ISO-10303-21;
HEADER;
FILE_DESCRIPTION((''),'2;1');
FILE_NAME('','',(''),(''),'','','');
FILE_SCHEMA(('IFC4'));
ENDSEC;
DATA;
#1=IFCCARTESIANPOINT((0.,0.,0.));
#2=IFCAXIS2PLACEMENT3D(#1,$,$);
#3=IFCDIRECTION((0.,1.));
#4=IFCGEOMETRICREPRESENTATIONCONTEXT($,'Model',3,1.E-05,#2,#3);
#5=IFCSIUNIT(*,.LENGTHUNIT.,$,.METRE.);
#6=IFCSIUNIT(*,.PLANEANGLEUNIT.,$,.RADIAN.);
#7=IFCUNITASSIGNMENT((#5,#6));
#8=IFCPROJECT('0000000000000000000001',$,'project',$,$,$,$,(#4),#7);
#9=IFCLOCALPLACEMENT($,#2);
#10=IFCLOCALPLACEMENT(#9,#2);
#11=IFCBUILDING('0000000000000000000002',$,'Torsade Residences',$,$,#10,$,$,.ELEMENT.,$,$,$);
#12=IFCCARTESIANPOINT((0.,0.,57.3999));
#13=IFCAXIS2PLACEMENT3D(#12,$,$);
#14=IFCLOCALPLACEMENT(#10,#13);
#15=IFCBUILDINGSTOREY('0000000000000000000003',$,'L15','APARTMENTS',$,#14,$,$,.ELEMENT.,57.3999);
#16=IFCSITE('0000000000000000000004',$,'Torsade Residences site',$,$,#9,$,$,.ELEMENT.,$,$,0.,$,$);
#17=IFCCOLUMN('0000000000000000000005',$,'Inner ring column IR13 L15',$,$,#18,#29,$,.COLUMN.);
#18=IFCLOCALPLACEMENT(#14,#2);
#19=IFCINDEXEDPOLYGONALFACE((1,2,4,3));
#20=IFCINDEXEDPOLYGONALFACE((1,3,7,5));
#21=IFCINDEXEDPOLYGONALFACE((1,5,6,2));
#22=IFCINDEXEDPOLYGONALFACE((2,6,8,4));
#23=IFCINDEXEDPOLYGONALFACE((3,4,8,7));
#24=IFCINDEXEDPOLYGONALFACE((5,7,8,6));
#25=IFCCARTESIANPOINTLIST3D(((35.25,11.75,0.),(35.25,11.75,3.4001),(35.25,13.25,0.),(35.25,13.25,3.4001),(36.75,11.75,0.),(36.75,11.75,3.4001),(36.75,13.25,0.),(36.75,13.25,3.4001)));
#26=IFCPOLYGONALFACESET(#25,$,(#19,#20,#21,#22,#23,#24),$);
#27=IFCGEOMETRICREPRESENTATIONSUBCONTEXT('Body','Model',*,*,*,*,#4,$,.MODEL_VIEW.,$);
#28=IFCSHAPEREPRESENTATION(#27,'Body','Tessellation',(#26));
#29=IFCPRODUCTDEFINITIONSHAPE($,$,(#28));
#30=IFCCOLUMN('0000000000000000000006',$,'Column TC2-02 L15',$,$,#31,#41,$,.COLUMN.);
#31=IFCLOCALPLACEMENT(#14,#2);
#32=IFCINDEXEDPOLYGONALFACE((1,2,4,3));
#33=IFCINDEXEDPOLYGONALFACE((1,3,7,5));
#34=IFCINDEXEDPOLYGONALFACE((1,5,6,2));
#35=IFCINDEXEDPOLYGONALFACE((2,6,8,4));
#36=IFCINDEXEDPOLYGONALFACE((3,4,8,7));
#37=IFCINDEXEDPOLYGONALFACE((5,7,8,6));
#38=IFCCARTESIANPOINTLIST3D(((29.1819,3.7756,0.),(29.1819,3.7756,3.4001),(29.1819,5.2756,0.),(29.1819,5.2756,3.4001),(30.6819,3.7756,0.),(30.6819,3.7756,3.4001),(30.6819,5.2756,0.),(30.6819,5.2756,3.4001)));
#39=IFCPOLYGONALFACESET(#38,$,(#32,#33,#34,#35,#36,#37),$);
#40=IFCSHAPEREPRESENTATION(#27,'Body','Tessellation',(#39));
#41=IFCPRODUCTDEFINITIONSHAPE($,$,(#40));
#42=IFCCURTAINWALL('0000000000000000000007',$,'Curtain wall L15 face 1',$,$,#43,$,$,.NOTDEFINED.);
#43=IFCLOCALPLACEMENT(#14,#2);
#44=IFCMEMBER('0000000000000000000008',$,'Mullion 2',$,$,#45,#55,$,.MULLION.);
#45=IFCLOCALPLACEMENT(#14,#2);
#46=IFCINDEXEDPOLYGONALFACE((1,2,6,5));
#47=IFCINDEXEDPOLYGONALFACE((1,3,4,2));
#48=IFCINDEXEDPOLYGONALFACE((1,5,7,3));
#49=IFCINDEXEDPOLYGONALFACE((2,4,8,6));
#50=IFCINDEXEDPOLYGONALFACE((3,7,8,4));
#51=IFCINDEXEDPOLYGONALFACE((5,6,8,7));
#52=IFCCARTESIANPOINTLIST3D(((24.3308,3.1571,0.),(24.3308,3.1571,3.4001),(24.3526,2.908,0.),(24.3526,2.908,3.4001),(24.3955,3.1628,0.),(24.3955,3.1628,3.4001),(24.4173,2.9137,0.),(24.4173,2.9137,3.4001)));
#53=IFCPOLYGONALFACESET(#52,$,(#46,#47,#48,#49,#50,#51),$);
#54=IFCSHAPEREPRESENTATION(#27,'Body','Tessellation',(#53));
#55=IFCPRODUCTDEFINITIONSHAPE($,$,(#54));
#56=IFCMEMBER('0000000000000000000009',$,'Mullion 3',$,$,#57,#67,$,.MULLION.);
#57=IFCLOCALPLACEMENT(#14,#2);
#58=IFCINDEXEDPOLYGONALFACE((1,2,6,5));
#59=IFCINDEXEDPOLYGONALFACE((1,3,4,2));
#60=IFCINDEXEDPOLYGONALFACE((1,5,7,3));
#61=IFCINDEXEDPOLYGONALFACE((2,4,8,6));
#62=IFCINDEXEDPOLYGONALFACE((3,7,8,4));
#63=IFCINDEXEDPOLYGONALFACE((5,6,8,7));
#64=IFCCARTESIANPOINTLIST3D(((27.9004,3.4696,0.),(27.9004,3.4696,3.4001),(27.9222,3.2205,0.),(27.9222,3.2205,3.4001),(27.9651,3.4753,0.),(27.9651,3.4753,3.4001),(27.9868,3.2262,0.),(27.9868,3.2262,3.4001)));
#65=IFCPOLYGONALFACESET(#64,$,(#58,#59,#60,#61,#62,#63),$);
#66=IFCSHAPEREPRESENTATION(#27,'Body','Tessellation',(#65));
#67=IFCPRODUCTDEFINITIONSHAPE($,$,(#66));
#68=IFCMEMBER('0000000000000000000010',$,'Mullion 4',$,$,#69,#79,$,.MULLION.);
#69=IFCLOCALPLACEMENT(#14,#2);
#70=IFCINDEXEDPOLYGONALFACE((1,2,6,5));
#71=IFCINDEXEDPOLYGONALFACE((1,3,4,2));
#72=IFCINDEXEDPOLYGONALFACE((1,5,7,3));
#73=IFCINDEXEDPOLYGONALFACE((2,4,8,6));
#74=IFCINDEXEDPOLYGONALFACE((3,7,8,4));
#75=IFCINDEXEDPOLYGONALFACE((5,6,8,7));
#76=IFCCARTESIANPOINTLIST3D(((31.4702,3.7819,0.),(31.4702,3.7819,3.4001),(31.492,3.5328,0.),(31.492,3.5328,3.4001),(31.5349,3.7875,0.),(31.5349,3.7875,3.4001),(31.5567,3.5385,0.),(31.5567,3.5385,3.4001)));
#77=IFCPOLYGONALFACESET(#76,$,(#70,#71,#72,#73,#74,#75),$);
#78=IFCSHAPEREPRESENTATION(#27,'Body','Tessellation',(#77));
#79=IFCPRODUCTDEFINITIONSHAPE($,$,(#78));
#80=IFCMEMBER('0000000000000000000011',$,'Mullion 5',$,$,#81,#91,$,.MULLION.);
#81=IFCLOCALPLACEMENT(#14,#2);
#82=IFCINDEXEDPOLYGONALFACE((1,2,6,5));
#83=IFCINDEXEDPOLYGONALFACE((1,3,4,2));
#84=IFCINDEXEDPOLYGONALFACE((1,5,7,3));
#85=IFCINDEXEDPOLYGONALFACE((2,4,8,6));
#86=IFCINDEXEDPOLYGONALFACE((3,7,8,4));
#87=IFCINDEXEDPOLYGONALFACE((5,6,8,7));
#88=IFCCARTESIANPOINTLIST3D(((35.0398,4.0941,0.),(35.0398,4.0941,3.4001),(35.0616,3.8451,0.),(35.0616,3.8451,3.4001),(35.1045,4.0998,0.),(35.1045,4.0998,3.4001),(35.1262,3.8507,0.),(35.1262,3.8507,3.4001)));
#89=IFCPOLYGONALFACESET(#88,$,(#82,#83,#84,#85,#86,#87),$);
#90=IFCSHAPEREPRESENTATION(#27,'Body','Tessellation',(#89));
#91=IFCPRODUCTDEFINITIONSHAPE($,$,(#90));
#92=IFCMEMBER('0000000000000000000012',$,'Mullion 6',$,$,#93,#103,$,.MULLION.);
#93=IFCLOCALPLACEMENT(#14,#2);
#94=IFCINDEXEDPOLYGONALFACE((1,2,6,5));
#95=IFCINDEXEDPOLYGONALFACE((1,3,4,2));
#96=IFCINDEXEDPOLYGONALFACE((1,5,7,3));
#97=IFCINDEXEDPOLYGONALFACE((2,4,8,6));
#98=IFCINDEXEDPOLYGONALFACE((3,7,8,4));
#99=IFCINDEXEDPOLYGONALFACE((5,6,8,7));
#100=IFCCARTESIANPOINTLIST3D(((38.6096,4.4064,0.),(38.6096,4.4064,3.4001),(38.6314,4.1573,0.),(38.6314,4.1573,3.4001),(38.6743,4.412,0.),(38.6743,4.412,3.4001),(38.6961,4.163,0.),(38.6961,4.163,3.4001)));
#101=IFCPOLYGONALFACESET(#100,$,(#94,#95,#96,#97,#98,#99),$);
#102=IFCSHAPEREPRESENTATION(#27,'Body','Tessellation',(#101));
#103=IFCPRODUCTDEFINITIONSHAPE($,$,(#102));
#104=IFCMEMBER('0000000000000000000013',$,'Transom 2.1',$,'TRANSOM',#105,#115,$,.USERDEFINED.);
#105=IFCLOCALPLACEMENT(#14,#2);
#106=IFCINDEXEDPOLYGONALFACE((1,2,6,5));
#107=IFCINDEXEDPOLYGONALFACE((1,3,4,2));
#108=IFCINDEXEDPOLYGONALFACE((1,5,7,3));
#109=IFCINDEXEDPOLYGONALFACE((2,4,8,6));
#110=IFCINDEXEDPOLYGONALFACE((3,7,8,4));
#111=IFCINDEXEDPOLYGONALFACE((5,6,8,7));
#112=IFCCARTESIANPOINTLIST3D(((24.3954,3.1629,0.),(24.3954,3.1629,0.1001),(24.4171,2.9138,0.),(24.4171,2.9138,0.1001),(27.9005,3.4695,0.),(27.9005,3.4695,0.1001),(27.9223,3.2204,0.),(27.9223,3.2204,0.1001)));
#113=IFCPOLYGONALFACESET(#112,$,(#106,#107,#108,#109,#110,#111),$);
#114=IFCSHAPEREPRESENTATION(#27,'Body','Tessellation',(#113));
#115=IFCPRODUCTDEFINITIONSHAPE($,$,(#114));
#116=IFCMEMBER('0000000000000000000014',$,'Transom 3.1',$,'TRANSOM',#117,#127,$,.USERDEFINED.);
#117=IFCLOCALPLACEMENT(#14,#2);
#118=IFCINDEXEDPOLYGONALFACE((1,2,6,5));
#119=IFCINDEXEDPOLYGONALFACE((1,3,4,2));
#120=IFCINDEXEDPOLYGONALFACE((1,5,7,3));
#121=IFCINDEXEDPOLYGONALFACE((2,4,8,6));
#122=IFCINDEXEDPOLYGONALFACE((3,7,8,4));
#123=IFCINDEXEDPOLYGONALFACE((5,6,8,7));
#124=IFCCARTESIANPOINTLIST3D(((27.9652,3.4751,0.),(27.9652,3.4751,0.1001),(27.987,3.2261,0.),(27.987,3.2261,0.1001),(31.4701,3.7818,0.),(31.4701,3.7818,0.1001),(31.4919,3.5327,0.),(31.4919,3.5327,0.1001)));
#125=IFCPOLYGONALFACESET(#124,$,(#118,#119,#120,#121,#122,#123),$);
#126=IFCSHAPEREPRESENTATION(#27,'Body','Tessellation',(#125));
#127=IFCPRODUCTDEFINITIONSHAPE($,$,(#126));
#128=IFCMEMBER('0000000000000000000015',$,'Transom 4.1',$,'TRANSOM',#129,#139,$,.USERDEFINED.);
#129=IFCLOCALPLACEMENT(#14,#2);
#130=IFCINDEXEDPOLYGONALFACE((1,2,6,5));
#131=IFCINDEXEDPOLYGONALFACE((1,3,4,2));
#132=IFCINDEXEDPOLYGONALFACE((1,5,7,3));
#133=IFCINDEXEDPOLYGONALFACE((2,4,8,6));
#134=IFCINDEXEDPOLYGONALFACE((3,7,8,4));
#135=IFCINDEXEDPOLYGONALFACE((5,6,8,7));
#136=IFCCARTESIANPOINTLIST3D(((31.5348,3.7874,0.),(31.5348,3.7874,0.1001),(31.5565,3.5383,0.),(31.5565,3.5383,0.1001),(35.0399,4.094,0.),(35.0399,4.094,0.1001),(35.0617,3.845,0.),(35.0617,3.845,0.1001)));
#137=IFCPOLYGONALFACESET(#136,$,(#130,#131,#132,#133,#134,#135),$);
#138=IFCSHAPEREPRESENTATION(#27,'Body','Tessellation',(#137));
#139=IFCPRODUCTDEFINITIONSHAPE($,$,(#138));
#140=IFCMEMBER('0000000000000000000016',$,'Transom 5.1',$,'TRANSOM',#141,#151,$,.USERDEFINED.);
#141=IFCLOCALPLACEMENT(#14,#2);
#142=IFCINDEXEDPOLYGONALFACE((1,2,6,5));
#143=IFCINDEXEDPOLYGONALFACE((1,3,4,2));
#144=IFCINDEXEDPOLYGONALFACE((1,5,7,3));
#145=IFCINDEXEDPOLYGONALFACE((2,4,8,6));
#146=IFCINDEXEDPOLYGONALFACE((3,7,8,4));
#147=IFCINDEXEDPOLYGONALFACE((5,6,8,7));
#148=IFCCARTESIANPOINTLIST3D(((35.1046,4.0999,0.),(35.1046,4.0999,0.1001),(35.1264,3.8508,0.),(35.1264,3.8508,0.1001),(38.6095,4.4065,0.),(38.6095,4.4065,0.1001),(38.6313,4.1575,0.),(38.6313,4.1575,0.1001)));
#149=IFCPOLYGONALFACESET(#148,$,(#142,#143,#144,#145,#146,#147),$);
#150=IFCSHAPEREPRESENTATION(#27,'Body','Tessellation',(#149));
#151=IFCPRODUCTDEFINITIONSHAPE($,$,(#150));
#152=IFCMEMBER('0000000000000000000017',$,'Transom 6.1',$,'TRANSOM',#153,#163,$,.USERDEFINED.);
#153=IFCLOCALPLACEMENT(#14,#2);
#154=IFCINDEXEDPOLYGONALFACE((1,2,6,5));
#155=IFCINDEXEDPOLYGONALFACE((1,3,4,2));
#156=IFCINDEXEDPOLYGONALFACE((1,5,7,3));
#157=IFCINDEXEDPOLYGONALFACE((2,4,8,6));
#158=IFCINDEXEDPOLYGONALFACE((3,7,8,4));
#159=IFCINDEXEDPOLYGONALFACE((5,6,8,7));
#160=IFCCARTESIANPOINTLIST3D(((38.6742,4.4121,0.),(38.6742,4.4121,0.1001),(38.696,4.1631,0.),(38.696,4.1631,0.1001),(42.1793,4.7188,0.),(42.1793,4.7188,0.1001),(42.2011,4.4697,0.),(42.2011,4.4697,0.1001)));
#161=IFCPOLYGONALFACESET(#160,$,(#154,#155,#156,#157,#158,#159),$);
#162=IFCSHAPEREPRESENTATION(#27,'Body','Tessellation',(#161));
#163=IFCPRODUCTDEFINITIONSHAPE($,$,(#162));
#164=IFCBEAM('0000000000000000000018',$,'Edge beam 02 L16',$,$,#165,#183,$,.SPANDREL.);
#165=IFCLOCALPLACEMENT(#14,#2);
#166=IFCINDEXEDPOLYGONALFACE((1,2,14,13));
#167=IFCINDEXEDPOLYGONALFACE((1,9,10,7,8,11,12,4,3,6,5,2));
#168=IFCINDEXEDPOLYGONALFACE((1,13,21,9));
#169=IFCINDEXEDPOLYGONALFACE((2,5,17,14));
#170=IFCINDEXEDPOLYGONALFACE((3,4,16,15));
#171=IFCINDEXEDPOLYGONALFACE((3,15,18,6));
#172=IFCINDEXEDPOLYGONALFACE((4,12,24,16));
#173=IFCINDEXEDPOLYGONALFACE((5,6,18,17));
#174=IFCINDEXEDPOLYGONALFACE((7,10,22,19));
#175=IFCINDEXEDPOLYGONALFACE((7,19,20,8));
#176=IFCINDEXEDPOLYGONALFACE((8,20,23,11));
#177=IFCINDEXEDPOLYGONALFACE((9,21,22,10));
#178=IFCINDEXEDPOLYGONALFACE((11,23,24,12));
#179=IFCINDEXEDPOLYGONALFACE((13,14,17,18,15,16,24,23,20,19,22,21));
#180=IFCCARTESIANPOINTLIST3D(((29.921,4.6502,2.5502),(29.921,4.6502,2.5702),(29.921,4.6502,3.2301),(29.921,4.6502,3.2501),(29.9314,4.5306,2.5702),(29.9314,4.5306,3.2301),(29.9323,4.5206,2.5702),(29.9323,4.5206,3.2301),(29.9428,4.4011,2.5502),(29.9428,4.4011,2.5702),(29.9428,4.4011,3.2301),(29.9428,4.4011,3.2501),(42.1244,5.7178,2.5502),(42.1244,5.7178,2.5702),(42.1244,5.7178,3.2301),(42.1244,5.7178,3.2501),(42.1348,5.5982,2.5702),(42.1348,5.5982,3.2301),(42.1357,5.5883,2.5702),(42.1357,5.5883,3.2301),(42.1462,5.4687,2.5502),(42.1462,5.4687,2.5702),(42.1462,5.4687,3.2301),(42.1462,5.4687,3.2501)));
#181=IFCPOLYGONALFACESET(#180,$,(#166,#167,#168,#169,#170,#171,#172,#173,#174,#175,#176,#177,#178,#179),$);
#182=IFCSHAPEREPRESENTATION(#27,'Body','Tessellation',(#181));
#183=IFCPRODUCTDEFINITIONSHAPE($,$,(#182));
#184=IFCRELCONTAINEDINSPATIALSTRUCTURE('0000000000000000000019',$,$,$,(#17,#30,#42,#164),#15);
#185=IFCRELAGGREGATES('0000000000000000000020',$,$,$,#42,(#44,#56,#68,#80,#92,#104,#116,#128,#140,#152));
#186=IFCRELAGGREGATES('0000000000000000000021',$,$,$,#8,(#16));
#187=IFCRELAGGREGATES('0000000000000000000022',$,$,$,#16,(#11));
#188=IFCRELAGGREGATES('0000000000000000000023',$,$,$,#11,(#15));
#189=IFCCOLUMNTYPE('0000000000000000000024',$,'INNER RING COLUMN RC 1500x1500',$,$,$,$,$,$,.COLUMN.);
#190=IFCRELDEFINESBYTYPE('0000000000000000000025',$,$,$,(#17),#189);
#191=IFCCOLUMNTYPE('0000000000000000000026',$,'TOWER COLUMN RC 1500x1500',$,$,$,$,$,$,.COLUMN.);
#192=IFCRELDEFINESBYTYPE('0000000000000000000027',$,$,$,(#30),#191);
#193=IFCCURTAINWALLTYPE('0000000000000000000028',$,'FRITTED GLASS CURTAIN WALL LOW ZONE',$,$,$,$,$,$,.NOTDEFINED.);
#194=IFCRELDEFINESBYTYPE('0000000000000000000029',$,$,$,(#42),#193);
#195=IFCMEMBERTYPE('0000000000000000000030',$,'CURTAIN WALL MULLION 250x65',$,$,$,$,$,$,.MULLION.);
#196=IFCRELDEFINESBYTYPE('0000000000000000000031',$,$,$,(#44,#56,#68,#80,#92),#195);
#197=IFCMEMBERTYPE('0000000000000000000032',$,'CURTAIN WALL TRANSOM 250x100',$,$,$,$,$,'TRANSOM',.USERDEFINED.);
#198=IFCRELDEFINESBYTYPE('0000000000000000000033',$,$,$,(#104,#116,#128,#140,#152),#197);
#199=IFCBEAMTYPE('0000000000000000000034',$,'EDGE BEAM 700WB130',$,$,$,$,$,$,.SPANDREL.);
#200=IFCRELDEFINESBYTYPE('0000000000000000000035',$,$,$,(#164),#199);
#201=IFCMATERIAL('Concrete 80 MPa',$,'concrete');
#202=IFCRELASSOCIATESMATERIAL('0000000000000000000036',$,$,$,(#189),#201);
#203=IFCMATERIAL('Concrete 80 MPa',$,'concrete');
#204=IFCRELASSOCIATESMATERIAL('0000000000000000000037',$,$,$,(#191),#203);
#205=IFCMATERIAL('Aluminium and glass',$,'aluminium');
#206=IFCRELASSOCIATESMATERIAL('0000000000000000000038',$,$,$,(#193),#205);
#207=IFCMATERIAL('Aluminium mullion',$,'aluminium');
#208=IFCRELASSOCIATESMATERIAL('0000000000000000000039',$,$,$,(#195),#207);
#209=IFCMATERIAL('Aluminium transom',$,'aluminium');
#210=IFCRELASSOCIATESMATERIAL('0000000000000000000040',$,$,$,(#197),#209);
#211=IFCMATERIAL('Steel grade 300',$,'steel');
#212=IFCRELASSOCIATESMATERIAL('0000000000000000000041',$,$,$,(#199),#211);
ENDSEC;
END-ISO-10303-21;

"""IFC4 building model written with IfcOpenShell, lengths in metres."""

from ifc_helpers import new_model, si_unit, direction, frame, origin, origin_2d, place, context, subcontext, project, spatial, rectangle, i_section, extrude, material, material_profile, profile_set, type_object, element, aggregate, save


model = new_model("IFC4")

# Units and contexts
model_context = context("Model", 3, precision=1e-05, world=origin(), true_north=direction((0.0, 1.0)))
body_context = subcontext(model_context, "Body", "Model", "MODEL_VIEW")
ifc_project = project(units=[si_unit("LENGTHUNIT", "METRE"), si_unit("PLANEANGLEUNIT", "RADIAN")], contexts=[model_context])

# Site, building, storey
site_placement = place(None, origin())
site = spatial("IfcSite", under=ifc_project, at=site_placement, Name="Torsade Residences site", CompositionType="ELEMENT", RefElevation=0.0)
building_placement = place(site_placement, origin())
building = spatial("IfcBuilding", under=site, at=building_placement, Name="Torsade Residences", CompositionType="ELEMENT")
storey_placement = place(building_placement, frame((0.0, 0.0, 57.3999)))
storey = spatial("IfcBuildingStorey", under=building, at=storey_placement, Name="L15", Description="APARTMENTS", CompositionType="ELEMENT", Elevation=57.3999)

# Columns
ifc_material_1 = material(Name="Concrete 80 MPa", Category="concrete")
ifc_material_profile_1 = material_profile(ifc_material_1, rectangle(XDim=1.5, YDim=1.5, at=origin_2d()), Name="RC 1500x1500")
ifc_profile_set_1 = profile_set([ifc_material_profile_1], Name="Concrete 80 MPa")
column_type_1 = type_object("IfcColumnType", Name="INNER RING COLUMN RC 1500x1500", PredefinedType="COLUMN", material=ifc_profile_set_1)
column_1_placement = place(storey_placement, frame((36.0, 12.5, 0.0), z_axis=(0.0, 0.0, 1.0), x_axis=(1.0, 0.0, 0.0)))
element("IfcColumn", 1, at=column_1_placement, inside=storey, type_object=column_type_1, Name="Inner ring column IR13 L15", PredefinedType="COLUMN", context=body_context, shape_type="SweptSolid", body=[
    extrude(rectangle(XDim=1.5, YDim=1.5, at=origin_2d()), origin(), (0.0, 0.0, 1.0), 3.4001),
])
ifc_material_2 = material(Name="Concrete 80 MPa", Category="concrete")
ifc_material_profile_2 = material_profile(ifc_material_2, rectangle(XDim=1.5, YDim=1.5, at=origin_2d()), Name="RC 1500x1500")
ifc_profile_set_2 = profile_set([ifc_material_profile_2], Name="Concrete 80 MPa")
column_type_2 = type_object("IfcColumnType", Name="TOWER COLUMN RC 1500x1500", PredefinedType="COLUMN", material=ifc_profile_set_2)
column_2_placement = place(storey_placement, frame((29.9319, 4.5256, 0.0), z_axis=(0.0, 0.0, 1.0), x_axis=(1.0, 0.0, 0.0)))
element("IfcColumn", 2, at=column_2_placement, inside=storey, type_object=column_type_2, Name="Column TC2-02 L15", PredefinedType="COLUMN", context=body_context, shape_type="SweptSolid", body=[
    extrude(rectangle(XDim=1.5, YDim=1.5, at=origin_2d()), origin(), (0.0, 0.0, 1.0), 3.4001),
])

# Curtain wall, members
ifc_material_3 = material(Name="Aluminium and glass", Category="aluminium")
curtain_wall_type = type_object("IfcCurtainWallType", Name="FRITTED GLASS CURTAIN WALL LOW ZONE", PredefinedType="NOTDEFINED", material=ifc_material_3)
curtain_wall_placement = place(storey_placement, origin())
curtain_wall = element("IfcCurtainWall", 3, at=curtain_wall_placement, inside=storey, type_object=curtain_wall_type, Name="Curtain wall L15 face 1", PredefinedType="NOTDEFINED")
ifc_material_4 = material(Name="Aluminium mullion", Category="aluminium")
ifc_material_profile_3 = material_profile(ifc_material_4, rectangle(XDim=0.25, YDim=0.0649, at=origin_2d()), Name="CURTAIN WALL MULLION 250x65")
ifc_profile_set_3 = profile_set([ifc_material_profile_3], Name="Aluminium mullion")
member_type_1 = type_object("IfcMemberType", Name="CURTAIN WALL MULLION 250x65", PredefinedType="MULLION", material=ifc_profile_set_3)
member_1_placement = place(storey_placement, frame((24.374, 3.0354, 0.0), z_axis=(0.0, 0.0, 1.0), x_axis=(-0.087156, 0.996195, 0.0)))
member_1 = element("IfcMember", 4, at=member_1_placement, type_object=member_type_1, Name="Mullion 2", PredefinedType="MULLION", context=body_context, shape_type="SweptSolid", body=[
    extrude(rectangle(XDim=0.25, YDim=0.0649, at=origin_2d()), origin(), (0.0, 0.0, 1.0), 3.4001),
])
member_2_placement = place(storey_placement, frame((27.9436, 3.3479, 0.0), z_axis=(0.0, 0.0, 1.0), x_axis=(-0.087156, 0.996195, 0.0)))
member_2 = element("IfcMember", 5, at=member_2_placement, type_object=member_type_1, Name="Mullion 3", PredefinedType="MULLION", context=body_context, shape_type="SweptSolid", body=[
    extrude(rectangle(XDim=0.25, YDim=0.0649, at=origin_2d()), origin(), (0.0, 0.0, 1.0), 3.4001),
])
member_3_placement = place(storey_placement, frame((31.5134, 3.6602, 0.0), z_axis=(0.0, 0.0, 1.0), x_axis=(-0.087156, 0.996195, 0.0)))
member_3 = element("IfcMember", 6, at=member_3_placement, type_object=member_type_1, Name="Mullion 4", PredefinedType="MULLION", context=body_context, shape_type="SweptSolid", body=[
    extrude(rectangle(XDim=0.25, YDim=0.0649, at=origin_2d()), origin(), (0.0, 0.0, 1.0), 3.4001),
])
member_4_placement = place(storey_placement, frame((35.083, 3.9724, 0.0), z_axis=(0.0, 0.0, 1.0), x_axis=(-0.087156, 0.996195, 0.0)))
member_4 = element("IfcMember", 7, at=member_4_placement, type_object=member_type_1, Name="Mullion 5", PredefinedType="MULLION", context=body_context, shape_type="SweptSolid", body=[
    extrude(rectangle(XDim=0.25, YDim=0.0649, at=origin_2d()), origin(), (0.0, 0.0, 1.0), 3.4001),
])
member_5_placement = place(storey_placement, frame((38.6528, 4.2847, 0.0), z_axis=(0.0, 0.0, 1.0), x_axis=(-0.087156, 0.996195, 0.0)))
member_5 = element("IfcMember", 8, at=member_5_placement, type_object=member_type_1, Name="Mullion 6", PredefinedType="MULLION", context=body_context, shape_type="SweptSolid", body=[
    extrude(rectangle(XDim=0.25, YDim=0.0649, at=origin_2d()), origin(), (0.0, 0.0, 1.0), 3.4001),
])
ifc_material_5 = material(Name="Aluminium transom", Category="aluminium")
ifc_material_profile_4 = material_profile(ifc_material_5, rectangle(XDim=0.25, YDim=0.1001, at=origin_2d()), Name="CURTAIN WALL TRANSOM 250x100")
ifc_profile_set_4 = profile_set([ifc_material_profile_4], Name="Aluminium transom")
member_type_2 = type_object("IfcMemberType", Name="CURTAIN WALL TRANSOM 250x100", ElementType="TRANSOM", PredefinedType="USERDEFINED", material=ifc_profile_set_4)
member_6_placement = place(storey_placement, frame((24.4062, 3.0383, 0.05), z_axis=(0.996195, 0.087151, 0.0), x_axis=(-0.087151, 0.996195, 0.0)))
member_6 = element("IfcMember", 9, at=member_6_placement, type_object=member_type_2, Name="Transom 2.1", ObjectType="TRANSOM", PredefinedType="USERDEFINED", context=body_context, shape_type="SweptSolid", body=[
    extrude(rectangle(XDim=0.25, YDim=0.1001, at=origin_2d()), origin(), (0.0, 0.0, 1.0), 3.5186),
])
member_7_placement = place(storey_placement, frame((27.9761, 3.3506, 0.05), z_axis=(0.996195, 0.087157, 0.0), x_axis=(-0.087157, 0.996195, 0.0)))
member_7 = element("IfcMember", 10, at=member_7_placement, type_object=member_type_2, Name="Transom 3.1", ObjectType="TRANSOM", PredefinedType="USERDEFINED", context=body_context, shape_type="SweptSolid", body=[
    extrude(rectangle(XDim=0.25, YDim=0.1001, at=origin_2d()), origin(), (0.0, 0.0, 1.0), 3.5183),
])
member_8_placement = place(storey_placement, frame((31.5457, 3.6628, 0.05), z_axis=(0.996195, 0.087151, 0.0), x_axis=(-0.087151, 0.996195, 0.0)))
member_8 = element("IfcMember", 11, at=member_8_placement, type_object=member_type_2, Name="Transom 4.1", ObjectType="TRANSOM", PredefinedType="USERDEFINED", context=body_context, shape_type="SweptSolid", body=[
    extrude(rectangle(XDim=0.25, YDim=0.1001, at=origin_2d()), origin(), (0.0, 0.0, 1.0), 3.5186),
])
member_9_placement = place(storey_placement, frame((35.1155, 3.9753, 0.05), z_axis=(0.996195, 0.087157, 0.0), x_axis=(-0.087157, 0.996195, 0.0)))
member_9 = element("IfcMember", 12, at=member_9_placement, type_object=member_type_2, Name="Transom 5.1", ObjectType="TRANSOM", PredefinedType="USERDEFINED", context=body_context, shape_type="SweptSolid", body=[
    extrude(rectangle(XDim=0.25, YDim=0.1001, at=origin_2d()), origin(), (0.0, 0.0, 1.0), 3.5183),
])
member_10_placement = place(storey_placement, frame((38.6851, 4.2876, 0.05), z_axis=(0.996195, 0.087151, 0.0), x_axis=(-0.087151, 0.996195, 0.0)))
member_10 = element("IfcMember", 13, at=member_10_placement, type_object=member_type_2, Name="Transom 6.1", ObjectType="TRANSOM", PredefinedType="USERDEFINED", context=body_context, shape_type="SweptSolid", body=[
    extrude(rectangle(XDim=0.25, YDim=0.1001, at=origin_2d()), origin(), (0.0, 0.0, 1.0), 3.5186),
])

# Beam
ifc_material_6 = material(Name="Steel grade 300", Category="steel")
ifc_material_profile_5 = material_profile(ifc_material_6, i_section(OverallWidth=0.25, OverallDepth=0.7, WebThickness=0.01, FlangeThickness=0.02, at=origin_2d()), Name="700WB130")
ifc_profile_set_5 = profile_set([ifc_material_profile_5], Name="Steel grade 300")
beam_type_1 = type_object("IfcBeamType", Name="EDGE BEAM 700WB130", PredefinedType="SPANDREL", material=ifc_profile_set_5)
beam_1_placement = place(storey_placement, frame((29.9319, 4.5256, 2.9001), z_axis=(0.996195, 0.087153, 0.0), x_axis=(-0.087153, 0.996195, 0.0)))
element("IfcBeam", 14, at=beam_1_placement, inside=storey, type_object=beam_type_1, Name="Edge beam 02 L16", PredefinedType="SPANDREL", context=body_context, shape_type="SweptSolid", body=[
    extrude(i_section(OverallWidth=0.25, OverallDepth=0.7, WebThickness=0.01, FlangeThickness=0.02, at=origin_2d()), origin(), (0.0, 0.0, 1.0), 12.25),
])

aggregate(curtain_wall, [member_1, member_2, member_3, member_4, member_5, member_6, member_7, member_8, member_9, member_10])

save(model, "model.ifc")
